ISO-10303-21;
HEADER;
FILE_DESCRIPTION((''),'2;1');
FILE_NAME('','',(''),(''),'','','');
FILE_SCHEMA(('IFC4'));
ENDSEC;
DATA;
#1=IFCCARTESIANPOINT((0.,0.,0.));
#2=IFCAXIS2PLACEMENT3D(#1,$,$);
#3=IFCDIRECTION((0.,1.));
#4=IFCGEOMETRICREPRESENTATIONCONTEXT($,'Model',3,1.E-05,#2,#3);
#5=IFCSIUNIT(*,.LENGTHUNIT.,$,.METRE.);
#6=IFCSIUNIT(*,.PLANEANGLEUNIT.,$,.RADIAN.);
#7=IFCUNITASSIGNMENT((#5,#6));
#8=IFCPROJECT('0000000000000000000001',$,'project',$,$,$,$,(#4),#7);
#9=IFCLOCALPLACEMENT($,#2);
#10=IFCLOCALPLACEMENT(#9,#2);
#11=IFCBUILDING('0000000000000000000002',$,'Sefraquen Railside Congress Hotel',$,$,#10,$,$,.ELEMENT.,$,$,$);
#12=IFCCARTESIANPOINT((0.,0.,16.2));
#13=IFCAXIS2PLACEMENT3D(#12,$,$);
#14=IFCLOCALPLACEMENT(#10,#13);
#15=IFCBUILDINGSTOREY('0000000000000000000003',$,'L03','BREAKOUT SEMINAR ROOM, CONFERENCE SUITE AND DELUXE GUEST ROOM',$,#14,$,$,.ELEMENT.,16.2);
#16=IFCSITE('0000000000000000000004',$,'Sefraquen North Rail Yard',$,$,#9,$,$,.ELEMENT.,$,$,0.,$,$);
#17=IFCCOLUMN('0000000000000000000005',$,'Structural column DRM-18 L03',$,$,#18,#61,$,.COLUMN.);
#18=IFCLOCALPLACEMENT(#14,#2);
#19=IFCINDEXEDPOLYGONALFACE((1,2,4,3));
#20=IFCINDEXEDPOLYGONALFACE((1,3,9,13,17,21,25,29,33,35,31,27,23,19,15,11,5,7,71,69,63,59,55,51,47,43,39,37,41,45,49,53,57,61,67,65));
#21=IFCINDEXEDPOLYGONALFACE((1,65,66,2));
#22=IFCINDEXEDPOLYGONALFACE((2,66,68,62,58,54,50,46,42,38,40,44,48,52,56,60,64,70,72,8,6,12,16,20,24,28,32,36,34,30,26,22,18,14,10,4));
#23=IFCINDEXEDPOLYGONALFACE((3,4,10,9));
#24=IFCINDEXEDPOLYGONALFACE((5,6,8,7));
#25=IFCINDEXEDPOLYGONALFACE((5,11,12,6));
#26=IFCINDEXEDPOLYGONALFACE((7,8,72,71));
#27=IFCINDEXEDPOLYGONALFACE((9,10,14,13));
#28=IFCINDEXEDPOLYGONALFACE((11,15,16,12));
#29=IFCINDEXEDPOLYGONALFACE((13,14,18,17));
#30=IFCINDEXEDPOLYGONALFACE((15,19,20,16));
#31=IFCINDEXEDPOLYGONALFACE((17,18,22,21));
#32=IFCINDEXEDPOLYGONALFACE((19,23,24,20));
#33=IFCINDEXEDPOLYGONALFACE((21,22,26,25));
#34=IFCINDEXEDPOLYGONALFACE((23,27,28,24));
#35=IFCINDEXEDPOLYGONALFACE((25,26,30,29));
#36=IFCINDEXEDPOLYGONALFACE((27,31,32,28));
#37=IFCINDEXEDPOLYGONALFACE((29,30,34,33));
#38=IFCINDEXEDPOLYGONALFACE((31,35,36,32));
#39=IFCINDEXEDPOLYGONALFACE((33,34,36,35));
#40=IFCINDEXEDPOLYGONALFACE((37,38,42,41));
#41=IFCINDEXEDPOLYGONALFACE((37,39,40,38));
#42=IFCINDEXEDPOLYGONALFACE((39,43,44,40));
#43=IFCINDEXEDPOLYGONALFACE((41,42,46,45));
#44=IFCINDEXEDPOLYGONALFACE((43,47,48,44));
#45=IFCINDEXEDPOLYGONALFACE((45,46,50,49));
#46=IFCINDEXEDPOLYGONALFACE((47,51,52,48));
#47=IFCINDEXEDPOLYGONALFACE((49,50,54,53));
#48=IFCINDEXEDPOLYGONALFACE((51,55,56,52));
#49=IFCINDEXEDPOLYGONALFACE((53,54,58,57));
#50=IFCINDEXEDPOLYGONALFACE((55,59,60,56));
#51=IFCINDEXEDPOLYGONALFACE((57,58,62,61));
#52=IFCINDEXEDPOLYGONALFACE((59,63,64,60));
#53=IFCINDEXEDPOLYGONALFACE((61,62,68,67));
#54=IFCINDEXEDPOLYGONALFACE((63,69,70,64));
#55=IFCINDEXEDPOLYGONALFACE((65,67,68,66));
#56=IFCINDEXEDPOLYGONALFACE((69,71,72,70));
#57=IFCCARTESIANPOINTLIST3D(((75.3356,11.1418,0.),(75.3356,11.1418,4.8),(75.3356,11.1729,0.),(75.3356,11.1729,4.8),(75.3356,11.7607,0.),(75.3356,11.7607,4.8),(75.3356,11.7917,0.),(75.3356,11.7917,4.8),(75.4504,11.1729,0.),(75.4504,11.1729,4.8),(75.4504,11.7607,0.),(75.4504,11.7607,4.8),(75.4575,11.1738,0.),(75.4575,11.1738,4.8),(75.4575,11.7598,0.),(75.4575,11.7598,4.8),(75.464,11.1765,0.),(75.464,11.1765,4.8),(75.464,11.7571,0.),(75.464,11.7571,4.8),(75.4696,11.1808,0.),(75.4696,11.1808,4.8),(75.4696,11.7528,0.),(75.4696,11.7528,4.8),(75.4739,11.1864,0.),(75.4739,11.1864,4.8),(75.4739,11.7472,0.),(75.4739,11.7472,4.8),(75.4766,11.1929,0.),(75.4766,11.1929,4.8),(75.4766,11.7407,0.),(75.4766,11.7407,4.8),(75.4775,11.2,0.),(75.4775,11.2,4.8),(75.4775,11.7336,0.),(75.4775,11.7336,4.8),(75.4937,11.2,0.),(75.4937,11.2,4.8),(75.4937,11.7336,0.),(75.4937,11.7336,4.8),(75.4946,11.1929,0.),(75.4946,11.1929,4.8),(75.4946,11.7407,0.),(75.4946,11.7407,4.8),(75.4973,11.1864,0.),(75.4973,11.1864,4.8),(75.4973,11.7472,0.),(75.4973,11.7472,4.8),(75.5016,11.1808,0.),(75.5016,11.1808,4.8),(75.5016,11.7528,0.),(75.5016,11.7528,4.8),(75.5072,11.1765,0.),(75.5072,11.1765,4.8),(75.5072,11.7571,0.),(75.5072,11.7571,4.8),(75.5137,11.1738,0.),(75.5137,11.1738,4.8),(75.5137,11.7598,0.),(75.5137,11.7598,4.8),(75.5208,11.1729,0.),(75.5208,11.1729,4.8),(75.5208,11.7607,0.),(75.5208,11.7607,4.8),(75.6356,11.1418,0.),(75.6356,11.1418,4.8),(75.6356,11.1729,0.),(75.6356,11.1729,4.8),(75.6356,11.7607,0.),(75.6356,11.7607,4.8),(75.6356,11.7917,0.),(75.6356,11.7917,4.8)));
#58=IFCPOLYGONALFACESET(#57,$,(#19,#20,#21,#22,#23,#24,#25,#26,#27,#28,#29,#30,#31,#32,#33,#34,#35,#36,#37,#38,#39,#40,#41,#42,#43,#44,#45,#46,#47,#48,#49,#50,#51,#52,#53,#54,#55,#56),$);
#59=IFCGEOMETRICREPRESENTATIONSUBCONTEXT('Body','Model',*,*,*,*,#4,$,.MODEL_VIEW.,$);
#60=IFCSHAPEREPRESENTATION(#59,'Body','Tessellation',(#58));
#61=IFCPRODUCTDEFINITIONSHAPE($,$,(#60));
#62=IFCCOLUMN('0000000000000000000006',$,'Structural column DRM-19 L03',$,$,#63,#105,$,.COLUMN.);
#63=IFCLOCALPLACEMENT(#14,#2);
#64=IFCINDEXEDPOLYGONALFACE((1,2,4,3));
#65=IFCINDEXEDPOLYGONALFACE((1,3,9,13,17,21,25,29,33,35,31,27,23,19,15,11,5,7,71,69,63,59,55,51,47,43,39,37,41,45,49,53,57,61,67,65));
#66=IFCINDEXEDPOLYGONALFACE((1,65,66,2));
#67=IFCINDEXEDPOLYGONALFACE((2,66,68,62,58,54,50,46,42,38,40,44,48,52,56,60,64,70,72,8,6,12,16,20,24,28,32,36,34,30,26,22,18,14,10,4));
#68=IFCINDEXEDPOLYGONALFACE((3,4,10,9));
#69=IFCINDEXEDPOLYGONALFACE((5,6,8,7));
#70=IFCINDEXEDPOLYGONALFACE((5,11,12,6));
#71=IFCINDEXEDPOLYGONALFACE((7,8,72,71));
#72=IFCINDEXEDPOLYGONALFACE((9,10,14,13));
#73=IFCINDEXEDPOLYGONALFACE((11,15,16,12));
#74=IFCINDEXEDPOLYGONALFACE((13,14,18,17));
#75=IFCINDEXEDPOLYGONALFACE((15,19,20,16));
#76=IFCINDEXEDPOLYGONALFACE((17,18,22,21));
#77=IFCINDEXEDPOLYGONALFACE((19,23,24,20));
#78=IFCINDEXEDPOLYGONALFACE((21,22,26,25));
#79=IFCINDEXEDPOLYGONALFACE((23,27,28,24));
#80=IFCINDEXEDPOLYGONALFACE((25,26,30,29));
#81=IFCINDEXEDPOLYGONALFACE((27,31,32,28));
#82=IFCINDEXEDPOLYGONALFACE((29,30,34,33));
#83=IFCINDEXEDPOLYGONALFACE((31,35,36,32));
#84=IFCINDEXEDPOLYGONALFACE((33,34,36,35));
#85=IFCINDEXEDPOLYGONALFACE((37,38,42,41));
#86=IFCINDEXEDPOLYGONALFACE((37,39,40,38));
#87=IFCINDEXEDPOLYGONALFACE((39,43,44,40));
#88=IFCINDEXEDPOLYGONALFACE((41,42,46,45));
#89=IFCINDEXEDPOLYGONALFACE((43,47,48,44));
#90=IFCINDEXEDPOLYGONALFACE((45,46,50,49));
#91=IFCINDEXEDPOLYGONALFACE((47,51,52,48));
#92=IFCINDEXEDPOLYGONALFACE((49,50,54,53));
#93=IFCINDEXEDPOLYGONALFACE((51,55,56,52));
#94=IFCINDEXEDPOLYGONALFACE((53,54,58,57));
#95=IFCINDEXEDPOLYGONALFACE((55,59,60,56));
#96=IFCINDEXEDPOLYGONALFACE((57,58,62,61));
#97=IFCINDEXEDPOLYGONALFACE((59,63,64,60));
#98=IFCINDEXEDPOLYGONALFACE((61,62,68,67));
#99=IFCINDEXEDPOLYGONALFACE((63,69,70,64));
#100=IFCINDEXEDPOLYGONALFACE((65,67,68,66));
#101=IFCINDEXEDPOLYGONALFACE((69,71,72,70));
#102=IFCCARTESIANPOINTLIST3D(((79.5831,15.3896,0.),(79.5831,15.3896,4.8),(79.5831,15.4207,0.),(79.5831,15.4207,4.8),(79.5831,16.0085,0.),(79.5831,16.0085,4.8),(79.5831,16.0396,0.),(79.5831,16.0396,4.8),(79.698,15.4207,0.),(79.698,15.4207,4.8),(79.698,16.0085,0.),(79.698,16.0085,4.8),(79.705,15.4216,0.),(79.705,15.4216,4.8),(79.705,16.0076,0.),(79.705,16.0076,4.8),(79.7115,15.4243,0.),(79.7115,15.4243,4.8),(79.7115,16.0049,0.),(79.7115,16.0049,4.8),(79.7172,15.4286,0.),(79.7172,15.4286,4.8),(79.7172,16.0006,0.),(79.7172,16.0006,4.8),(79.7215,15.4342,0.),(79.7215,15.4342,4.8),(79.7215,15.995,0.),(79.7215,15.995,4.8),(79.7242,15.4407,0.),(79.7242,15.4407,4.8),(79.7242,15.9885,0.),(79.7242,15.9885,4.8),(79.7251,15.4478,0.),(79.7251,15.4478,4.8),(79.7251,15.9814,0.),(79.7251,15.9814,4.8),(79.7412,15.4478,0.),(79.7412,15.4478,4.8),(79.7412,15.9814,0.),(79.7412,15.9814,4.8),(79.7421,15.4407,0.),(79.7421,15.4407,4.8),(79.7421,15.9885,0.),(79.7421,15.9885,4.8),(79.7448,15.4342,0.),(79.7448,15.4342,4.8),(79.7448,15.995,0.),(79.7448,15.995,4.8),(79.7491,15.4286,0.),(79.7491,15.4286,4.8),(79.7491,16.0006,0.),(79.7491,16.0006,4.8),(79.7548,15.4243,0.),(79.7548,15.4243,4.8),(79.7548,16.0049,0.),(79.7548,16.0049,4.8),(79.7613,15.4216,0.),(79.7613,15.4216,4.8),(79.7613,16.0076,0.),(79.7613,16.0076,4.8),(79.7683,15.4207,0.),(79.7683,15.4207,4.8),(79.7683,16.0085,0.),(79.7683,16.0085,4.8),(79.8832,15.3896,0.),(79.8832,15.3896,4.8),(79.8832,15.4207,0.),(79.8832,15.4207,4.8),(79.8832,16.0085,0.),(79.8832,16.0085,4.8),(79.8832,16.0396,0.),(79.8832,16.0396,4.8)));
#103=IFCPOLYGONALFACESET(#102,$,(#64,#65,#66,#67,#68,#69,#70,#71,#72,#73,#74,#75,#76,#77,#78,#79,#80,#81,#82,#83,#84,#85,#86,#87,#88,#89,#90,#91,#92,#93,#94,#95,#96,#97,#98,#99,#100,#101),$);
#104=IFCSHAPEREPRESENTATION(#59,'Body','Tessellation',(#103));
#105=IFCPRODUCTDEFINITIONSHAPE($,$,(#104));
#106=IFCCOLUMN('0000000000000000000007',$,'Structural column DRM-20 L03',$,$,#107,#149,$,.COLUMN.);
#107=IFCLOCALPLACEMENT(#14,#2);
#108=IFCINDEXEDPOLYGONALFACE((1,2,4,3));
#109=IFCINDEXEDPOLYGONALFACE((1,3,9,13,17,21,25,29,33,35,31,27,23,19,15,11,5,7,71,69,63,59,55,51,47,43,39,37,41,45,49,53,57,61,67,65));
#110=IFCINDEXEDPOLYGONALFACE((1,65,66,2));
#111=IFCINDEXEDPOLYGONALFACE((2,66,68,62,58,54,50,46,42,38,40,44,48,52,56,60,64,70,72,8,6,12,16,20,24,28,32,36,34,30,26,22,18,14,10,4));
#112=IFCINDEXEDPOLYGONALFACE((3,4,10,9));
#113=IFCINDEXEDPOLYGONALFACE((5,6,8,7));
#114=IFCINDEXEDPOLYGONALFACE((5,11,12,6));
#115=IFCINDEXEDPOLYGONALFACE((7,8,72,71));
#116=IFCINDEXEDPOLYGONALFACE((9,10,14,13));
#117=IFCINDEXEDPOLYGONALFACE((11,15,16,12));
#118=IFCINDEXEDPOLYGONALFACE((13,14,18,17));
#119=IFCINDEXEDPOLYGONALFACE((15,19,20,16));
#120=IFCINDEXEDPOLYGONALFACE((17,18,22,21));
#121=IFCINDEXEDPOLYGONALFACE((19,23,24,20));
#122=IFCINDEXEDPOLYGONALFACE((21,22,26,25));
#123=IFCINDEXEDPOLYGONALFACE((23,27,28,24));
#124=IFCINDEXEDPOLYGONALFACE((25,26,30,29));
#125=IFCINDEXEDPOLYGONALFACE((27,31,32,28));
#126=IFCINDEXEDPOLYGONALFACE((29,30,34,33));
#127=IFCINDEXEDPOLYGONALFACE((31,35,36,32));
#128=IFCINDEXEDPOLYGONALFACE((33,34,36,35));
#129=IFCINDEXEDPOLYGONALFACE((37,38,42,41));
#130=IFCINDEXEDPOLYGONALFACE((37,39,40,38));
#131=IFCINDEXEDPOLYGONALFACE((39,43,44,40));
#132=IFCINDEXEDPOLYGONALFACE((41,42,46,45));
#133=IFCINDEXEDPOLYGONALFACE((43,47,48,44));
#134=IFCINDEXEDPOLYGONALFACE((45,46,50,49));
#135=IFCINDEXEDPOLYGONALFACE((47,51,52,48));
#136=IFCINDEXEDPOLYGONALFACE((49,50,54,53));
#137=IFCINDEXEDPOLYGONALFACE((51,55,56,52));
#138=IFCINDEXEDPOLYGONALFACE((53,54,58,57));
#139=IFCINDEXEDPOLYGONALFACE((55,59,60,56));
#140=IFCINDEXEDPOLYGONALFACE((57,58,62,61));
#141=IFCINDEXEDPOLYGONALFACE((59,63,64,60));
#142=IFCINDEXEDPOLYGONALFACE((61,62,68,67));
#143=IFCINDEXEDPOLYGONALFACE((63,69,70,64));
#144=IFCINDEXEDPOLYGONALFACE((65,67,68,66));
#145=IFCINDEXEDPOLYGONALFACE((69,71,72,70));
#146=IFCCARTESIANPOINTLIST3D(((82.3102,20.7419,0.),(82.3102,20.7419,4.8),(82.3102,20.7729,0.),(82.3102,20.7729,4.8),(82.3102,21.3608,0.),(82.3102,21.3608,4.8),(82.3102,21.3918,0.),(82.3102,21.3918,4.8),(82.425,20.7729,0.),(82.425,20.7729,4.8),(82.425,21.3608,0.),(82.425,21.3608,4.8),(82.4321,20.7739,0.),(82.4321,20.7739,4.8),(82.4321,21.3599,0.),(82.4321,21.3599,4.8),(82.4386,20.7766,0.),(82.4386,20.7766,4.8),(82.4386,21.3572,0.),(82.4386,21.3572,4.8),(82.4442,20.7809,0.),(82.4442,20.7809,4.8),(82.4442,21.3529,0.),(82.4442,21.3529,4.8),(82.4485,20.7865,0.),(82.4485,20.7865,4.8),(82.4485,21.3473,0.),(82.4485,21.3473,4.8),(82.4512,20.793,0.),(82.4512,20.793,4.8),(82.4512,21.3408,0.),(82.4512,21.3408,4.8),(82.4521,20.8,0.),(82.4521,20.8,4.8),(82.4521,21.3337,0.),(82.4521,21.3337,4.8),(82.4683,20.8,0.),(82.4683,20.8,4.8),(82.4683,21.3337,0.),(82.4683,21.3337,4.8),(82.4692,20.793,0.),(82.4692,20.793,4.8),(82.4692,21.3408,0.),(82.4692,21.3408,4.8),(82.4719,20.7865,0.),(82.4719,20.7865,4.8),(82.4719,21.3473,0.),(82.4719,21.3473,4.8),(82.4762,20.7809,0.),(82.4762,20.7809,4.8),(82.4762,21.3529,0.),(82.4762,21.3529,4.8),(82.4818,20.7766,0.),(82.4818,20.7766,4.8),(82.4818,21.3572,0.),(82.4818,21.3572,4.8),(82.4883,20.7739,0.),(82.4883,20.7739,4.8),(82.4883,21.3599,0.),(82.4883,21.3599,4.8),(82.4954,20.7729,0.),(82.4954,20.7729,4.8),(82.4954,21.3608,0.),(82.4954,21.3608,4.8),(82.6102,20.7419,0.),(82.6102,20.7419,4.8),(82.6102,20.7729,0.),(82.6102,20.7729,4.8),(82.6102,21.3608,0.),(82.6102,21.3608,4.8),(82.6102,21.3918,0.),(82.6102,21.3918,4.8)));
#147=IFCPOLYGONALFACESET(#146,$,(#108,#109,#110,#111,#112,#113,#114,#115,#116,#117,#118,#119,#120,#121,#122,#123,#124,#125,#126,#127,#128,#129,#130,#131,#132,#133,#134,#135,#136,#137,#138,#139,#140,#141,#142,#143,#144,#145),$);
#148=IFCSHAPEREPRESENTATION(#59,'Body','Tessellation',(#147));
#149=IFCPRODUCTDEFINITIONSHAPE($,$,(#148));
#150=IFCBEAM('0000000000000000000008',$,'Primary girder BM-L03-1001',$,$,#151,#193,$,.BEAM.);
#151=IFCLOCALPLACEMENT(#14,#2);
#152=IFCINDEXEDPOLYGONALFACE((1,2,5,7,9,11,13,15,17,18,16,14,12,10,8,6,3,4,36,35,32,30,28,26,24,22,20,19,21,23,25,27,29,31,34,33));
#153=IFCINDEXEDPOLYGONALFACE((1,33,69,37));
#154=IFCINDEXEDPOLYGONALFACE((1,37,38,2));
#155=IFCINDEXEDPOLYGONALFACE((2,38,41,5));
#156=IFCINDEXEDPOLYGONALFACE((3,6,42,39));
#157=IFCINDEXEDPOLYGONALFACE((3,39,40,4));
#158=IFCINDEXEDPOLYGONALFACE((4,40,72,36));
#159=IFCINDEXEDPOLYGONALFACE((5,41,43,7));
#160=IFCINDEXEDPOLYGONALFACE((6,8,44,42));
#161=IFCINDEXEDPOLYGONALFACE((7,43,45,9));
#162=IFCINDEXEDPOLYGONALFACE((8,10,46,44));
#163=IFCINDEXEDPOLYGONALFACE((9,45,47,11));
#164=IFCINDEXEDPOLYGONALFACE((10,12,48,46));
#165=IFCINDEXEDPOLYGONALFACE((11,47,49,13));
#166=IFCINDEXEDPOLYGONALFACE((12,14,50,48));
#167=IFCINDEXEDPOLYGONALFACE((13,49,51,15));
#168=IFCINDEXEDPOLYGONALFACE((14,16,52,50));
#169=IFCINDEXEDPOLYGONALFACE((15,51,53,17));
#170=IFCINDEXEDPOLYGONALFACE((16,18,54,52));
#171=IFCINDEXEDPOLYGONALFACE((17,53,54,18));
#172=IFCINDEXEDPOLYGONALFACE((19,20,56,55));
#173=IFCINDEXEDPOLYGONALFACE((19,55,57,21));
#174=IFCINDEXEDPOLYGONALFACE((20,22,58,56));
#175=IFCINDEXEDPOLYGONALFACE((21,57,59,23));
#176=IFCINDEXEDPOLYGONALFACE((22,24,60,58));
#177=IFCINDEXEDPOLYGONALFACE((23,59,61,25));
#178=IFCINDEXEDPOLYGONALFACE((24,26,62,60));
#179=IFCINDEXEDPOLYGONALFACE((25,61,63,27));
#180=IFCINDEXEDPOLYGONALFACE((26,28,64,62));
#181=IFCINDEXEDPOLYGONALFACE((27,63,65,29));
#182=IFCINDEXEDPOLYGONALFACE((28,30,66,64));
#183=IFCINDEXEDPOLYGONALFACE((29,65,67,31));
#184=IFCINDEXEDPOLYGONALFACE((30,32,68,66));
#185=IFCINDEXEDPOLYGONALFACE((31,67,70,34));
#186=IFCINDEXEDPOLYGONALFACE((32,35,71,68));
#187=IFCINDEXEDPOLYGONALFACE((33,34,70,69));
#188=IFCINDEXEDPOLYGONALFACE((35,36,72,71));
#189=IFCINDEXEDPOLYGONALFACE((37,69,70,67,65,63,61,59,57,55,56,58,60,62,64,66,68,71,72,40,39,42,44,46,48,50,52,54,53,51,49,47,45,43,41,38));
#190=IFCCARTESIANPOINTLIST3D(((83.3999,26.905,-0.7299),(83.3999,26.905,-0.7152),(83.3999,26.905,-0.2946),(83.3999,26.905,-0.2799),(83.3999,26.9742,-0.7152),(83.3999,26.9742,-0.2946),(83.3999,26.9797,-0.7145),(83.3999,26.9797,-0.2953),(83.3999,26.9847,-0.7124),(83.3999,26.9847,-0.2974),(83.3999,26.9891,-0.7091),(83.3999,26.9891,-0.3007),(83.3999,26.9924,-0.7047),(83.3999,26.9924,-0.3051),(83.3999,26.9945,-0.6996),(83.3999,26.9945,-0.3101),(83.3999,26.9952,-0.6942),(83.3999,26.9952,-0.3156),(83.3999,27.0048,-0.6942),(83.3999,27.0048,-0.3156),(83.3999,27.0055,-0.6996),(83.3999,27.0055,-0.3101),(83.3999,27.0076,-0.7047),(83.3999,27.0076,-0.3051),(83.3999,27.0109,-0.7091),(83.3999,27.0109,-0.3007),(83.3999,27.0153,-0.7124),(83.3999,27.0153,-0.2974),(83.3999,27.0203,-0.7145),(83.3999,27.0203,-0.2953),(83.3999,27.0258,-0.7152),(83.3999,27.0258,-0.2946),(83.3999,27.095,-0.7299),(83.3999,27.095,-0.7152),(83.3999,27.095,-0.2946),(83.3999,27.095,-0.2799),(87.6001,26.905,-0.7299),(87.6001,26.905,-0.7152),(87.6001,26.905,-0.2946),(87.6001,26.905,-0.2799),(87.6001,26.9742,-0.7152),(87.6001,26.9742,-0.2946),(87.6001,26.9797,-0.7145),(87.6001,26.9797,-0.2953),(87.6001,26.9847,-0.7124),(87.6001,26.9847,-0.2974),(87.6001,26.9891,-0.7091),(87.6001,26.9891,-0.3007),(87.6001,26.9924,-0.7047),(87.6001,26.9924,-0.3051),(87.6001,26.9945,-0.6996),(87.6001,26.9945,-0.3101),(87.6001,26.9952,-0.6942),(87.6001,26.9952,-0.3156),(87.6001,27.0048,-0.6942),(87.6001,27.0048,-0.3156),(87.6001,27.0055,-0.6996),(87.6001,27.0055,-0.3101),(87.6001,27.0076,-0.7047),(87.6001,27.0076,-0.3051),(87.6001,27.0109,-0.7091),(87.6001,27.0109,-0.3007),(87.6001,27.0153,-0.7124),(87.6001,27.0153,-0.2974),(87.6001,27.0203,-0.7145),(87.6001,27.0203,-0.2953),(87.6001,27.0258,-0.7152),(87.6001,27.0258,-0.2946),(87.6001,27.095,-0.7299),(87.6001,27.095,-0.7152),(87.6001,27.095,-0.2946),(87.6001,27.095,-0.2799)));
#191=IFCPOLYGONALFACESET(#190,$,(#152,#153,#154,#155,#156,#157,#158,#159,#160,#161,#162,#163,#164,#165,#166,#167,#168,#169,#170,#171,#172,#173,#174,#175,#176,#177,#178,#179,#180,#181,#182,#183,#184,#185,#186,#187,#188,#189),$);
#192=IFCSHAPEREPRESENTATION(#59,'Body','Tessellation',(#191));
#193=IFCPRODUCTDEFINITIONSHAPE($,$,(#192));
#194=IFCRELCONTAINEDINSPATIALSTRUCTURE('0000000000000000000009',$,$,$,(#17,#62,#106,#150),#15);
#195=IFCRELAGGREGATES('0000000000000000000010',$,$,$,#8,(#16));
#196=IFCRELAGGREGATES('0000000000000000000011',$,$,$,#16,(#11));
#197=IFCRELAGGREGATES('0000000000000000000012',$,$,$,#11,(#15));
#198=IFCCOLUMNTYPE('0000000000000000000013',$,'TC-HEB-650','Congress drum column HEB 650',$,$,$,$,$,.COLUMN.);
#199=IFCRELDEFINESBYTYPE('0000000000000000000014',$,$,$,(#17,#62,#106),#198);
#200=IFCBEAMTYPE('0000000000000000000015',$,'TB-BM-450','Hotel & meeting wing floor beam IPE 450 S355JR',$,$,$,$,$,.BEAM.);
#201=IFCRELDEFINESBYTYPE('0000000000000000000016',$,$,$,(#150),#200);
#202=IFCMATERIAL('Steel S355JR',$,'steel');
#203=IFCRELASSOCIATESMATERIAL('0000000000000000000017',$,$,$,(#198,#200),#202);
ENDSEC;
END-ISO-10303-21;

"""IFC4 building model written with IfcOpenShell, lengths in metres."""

from ifc_helpers import new_model, si_unit, direction, frame, origin, origin_2d, place, context, subcontext, project, spatial, i_section, extrude, material, material_profile, profile_set, type_object, element, save


model = new_model("IFC4")

# Units and contexts
model_context = context("Model", 3, precision=1e-05, world=origin(), true_north=direction((0.0, 1.0)))
body_context = subcontext(model_context, "Body", "Model", "MODEL_VIEW")
ifc_project = project(units=[si_unit("LENGTHUNIT", "METRE"), si_unit("PLANEANGLEUNIT", "RADIAN")], contexts=[model_context])

# Site, building, storey
site_placement = place(None, origin())
site = spatial("IfcSite", under=ifc_project, at=site_placement, Name="Sefraquen North Rail Yard", CompositionType="ELEMENT", RefElevation=0.0)
building_placement = place(site_placement, origin())
building = spatial("IfcBuilding", under=site, at=building_placement, Name="Sefraquen Railside Congress Hotel", CompositionType="ELEMENT")
storey_placement = place(building_placement, frame((0.0, 0.0, 16.2)))
storey = spatial("IfcBuildingStorey", under=building, at=storey_placement, Name="L03", Description="BREAKOUT SEMINAR ROOM, CONFERENCE SUITE AND DELUXE GUEST ROOM", CompositionType="ELEMENT", Elevation=16.2)

# Columns
ifc_material_1 = material(Name="Steel S355JR", Category="steel")
ifc_material_profile_1 = material_profile(ifc_material_1, i_section(OverallWidth=0.3, OverallDepth=0.6499, WebThickness=0.0161, FlangeThickness=0.031, FilletRadius=0.0271, at=origin_2d()), Name="HEB 650")
ifc_profile_set_1 = profile_set([ifc_material_profile_1], Name="Steel S355JR")
column_type = type_object("IfcColumnType", Name="TC-HEB-650", Description="Congress drum column HEB 650", PredefinedType="COLUMN", material=ifc_profile_set_1)
for number, where, z_axis, x_axis, name in (
    (1, (75.4856, 11.4668, 0.0), (0.0, 0.0, 1.0), (1.0, 0.0, 0.0), "Structural column DRM-18 L03"),
    (2, (79.7332, 15.7146, 0.0), (0.0, 0.0, 1.0), (1.0, 0.0, 0.0), "Structural column DRM-19 L03"),
    (3, (82.4602, 21.0669, 0.0), (0.0, 0.0, 1.0), (1.0, 0.0, 0.0), "Structural column DRM-20 L03"),
):
    element("IfcColumn", number, at=place(storey_placement, frame(where, z_axis=z_axis, x_axis=x_axis)), inside=storey, type_object=column_type, Name=name, PredefinedType="COLUMN", context=body_context, shape_type="SweptSolid", body=[
        extrude(i_section(OverallWidth=0.3, OverallDepth=0.6499, WebThickness=0.0161, FlangeThickness=0.031, FilletRadius=0.0271, at=origin_2d()), origin(), (0.0, 0.0, 1.0), 4.8),
    ])

# Beam
ifc_material_profile_2 = material_profile(ifc_material_1, i_section(OverallWidth=0.1899, OverallDepth=0.45, WebThickness=0.0095, FlangeThickness=0.0146, FilletRadius=0.021, at=origin_2d()), Name="IPE 450")
ifc_profile_set_2 = profile_set([ifc_material_profile_2], Name="Steel S355JR")
beam_type_1 = type_object("IfcBeamType", Name="TB-BM-450", Description="Hotel & meeting wing floor beam IPE 450 S355JR", PredefinedType="BEAM", material=ifc_profile_set_2)
beam_1_placement = place(storey_placement, frame((83.3999, 27.0, -0.5049), z_axis=(1.0, 0.0, 0.0), x_axis=(0.0, 1.0, 0.0)))
element("IfcBeam", 4, at=beam_1_placement, inside=storey, type_object=beam_type_1, Name="Primary girder BM-L03-1001", PredefinedType="BEAM", context=body_context, shape_type="SweptSolid", body=[
    extrude(i_section(OverallWidth=0.1899, OverallDepth=0.45, WebThickness=0.0095, FlangeThickness=0.0146, FilletRadius=0.021, at=origin_2d()), origin(), (0.0, 0.0, 1.0), 4.2002),
])

save(model, "model.ifc")
